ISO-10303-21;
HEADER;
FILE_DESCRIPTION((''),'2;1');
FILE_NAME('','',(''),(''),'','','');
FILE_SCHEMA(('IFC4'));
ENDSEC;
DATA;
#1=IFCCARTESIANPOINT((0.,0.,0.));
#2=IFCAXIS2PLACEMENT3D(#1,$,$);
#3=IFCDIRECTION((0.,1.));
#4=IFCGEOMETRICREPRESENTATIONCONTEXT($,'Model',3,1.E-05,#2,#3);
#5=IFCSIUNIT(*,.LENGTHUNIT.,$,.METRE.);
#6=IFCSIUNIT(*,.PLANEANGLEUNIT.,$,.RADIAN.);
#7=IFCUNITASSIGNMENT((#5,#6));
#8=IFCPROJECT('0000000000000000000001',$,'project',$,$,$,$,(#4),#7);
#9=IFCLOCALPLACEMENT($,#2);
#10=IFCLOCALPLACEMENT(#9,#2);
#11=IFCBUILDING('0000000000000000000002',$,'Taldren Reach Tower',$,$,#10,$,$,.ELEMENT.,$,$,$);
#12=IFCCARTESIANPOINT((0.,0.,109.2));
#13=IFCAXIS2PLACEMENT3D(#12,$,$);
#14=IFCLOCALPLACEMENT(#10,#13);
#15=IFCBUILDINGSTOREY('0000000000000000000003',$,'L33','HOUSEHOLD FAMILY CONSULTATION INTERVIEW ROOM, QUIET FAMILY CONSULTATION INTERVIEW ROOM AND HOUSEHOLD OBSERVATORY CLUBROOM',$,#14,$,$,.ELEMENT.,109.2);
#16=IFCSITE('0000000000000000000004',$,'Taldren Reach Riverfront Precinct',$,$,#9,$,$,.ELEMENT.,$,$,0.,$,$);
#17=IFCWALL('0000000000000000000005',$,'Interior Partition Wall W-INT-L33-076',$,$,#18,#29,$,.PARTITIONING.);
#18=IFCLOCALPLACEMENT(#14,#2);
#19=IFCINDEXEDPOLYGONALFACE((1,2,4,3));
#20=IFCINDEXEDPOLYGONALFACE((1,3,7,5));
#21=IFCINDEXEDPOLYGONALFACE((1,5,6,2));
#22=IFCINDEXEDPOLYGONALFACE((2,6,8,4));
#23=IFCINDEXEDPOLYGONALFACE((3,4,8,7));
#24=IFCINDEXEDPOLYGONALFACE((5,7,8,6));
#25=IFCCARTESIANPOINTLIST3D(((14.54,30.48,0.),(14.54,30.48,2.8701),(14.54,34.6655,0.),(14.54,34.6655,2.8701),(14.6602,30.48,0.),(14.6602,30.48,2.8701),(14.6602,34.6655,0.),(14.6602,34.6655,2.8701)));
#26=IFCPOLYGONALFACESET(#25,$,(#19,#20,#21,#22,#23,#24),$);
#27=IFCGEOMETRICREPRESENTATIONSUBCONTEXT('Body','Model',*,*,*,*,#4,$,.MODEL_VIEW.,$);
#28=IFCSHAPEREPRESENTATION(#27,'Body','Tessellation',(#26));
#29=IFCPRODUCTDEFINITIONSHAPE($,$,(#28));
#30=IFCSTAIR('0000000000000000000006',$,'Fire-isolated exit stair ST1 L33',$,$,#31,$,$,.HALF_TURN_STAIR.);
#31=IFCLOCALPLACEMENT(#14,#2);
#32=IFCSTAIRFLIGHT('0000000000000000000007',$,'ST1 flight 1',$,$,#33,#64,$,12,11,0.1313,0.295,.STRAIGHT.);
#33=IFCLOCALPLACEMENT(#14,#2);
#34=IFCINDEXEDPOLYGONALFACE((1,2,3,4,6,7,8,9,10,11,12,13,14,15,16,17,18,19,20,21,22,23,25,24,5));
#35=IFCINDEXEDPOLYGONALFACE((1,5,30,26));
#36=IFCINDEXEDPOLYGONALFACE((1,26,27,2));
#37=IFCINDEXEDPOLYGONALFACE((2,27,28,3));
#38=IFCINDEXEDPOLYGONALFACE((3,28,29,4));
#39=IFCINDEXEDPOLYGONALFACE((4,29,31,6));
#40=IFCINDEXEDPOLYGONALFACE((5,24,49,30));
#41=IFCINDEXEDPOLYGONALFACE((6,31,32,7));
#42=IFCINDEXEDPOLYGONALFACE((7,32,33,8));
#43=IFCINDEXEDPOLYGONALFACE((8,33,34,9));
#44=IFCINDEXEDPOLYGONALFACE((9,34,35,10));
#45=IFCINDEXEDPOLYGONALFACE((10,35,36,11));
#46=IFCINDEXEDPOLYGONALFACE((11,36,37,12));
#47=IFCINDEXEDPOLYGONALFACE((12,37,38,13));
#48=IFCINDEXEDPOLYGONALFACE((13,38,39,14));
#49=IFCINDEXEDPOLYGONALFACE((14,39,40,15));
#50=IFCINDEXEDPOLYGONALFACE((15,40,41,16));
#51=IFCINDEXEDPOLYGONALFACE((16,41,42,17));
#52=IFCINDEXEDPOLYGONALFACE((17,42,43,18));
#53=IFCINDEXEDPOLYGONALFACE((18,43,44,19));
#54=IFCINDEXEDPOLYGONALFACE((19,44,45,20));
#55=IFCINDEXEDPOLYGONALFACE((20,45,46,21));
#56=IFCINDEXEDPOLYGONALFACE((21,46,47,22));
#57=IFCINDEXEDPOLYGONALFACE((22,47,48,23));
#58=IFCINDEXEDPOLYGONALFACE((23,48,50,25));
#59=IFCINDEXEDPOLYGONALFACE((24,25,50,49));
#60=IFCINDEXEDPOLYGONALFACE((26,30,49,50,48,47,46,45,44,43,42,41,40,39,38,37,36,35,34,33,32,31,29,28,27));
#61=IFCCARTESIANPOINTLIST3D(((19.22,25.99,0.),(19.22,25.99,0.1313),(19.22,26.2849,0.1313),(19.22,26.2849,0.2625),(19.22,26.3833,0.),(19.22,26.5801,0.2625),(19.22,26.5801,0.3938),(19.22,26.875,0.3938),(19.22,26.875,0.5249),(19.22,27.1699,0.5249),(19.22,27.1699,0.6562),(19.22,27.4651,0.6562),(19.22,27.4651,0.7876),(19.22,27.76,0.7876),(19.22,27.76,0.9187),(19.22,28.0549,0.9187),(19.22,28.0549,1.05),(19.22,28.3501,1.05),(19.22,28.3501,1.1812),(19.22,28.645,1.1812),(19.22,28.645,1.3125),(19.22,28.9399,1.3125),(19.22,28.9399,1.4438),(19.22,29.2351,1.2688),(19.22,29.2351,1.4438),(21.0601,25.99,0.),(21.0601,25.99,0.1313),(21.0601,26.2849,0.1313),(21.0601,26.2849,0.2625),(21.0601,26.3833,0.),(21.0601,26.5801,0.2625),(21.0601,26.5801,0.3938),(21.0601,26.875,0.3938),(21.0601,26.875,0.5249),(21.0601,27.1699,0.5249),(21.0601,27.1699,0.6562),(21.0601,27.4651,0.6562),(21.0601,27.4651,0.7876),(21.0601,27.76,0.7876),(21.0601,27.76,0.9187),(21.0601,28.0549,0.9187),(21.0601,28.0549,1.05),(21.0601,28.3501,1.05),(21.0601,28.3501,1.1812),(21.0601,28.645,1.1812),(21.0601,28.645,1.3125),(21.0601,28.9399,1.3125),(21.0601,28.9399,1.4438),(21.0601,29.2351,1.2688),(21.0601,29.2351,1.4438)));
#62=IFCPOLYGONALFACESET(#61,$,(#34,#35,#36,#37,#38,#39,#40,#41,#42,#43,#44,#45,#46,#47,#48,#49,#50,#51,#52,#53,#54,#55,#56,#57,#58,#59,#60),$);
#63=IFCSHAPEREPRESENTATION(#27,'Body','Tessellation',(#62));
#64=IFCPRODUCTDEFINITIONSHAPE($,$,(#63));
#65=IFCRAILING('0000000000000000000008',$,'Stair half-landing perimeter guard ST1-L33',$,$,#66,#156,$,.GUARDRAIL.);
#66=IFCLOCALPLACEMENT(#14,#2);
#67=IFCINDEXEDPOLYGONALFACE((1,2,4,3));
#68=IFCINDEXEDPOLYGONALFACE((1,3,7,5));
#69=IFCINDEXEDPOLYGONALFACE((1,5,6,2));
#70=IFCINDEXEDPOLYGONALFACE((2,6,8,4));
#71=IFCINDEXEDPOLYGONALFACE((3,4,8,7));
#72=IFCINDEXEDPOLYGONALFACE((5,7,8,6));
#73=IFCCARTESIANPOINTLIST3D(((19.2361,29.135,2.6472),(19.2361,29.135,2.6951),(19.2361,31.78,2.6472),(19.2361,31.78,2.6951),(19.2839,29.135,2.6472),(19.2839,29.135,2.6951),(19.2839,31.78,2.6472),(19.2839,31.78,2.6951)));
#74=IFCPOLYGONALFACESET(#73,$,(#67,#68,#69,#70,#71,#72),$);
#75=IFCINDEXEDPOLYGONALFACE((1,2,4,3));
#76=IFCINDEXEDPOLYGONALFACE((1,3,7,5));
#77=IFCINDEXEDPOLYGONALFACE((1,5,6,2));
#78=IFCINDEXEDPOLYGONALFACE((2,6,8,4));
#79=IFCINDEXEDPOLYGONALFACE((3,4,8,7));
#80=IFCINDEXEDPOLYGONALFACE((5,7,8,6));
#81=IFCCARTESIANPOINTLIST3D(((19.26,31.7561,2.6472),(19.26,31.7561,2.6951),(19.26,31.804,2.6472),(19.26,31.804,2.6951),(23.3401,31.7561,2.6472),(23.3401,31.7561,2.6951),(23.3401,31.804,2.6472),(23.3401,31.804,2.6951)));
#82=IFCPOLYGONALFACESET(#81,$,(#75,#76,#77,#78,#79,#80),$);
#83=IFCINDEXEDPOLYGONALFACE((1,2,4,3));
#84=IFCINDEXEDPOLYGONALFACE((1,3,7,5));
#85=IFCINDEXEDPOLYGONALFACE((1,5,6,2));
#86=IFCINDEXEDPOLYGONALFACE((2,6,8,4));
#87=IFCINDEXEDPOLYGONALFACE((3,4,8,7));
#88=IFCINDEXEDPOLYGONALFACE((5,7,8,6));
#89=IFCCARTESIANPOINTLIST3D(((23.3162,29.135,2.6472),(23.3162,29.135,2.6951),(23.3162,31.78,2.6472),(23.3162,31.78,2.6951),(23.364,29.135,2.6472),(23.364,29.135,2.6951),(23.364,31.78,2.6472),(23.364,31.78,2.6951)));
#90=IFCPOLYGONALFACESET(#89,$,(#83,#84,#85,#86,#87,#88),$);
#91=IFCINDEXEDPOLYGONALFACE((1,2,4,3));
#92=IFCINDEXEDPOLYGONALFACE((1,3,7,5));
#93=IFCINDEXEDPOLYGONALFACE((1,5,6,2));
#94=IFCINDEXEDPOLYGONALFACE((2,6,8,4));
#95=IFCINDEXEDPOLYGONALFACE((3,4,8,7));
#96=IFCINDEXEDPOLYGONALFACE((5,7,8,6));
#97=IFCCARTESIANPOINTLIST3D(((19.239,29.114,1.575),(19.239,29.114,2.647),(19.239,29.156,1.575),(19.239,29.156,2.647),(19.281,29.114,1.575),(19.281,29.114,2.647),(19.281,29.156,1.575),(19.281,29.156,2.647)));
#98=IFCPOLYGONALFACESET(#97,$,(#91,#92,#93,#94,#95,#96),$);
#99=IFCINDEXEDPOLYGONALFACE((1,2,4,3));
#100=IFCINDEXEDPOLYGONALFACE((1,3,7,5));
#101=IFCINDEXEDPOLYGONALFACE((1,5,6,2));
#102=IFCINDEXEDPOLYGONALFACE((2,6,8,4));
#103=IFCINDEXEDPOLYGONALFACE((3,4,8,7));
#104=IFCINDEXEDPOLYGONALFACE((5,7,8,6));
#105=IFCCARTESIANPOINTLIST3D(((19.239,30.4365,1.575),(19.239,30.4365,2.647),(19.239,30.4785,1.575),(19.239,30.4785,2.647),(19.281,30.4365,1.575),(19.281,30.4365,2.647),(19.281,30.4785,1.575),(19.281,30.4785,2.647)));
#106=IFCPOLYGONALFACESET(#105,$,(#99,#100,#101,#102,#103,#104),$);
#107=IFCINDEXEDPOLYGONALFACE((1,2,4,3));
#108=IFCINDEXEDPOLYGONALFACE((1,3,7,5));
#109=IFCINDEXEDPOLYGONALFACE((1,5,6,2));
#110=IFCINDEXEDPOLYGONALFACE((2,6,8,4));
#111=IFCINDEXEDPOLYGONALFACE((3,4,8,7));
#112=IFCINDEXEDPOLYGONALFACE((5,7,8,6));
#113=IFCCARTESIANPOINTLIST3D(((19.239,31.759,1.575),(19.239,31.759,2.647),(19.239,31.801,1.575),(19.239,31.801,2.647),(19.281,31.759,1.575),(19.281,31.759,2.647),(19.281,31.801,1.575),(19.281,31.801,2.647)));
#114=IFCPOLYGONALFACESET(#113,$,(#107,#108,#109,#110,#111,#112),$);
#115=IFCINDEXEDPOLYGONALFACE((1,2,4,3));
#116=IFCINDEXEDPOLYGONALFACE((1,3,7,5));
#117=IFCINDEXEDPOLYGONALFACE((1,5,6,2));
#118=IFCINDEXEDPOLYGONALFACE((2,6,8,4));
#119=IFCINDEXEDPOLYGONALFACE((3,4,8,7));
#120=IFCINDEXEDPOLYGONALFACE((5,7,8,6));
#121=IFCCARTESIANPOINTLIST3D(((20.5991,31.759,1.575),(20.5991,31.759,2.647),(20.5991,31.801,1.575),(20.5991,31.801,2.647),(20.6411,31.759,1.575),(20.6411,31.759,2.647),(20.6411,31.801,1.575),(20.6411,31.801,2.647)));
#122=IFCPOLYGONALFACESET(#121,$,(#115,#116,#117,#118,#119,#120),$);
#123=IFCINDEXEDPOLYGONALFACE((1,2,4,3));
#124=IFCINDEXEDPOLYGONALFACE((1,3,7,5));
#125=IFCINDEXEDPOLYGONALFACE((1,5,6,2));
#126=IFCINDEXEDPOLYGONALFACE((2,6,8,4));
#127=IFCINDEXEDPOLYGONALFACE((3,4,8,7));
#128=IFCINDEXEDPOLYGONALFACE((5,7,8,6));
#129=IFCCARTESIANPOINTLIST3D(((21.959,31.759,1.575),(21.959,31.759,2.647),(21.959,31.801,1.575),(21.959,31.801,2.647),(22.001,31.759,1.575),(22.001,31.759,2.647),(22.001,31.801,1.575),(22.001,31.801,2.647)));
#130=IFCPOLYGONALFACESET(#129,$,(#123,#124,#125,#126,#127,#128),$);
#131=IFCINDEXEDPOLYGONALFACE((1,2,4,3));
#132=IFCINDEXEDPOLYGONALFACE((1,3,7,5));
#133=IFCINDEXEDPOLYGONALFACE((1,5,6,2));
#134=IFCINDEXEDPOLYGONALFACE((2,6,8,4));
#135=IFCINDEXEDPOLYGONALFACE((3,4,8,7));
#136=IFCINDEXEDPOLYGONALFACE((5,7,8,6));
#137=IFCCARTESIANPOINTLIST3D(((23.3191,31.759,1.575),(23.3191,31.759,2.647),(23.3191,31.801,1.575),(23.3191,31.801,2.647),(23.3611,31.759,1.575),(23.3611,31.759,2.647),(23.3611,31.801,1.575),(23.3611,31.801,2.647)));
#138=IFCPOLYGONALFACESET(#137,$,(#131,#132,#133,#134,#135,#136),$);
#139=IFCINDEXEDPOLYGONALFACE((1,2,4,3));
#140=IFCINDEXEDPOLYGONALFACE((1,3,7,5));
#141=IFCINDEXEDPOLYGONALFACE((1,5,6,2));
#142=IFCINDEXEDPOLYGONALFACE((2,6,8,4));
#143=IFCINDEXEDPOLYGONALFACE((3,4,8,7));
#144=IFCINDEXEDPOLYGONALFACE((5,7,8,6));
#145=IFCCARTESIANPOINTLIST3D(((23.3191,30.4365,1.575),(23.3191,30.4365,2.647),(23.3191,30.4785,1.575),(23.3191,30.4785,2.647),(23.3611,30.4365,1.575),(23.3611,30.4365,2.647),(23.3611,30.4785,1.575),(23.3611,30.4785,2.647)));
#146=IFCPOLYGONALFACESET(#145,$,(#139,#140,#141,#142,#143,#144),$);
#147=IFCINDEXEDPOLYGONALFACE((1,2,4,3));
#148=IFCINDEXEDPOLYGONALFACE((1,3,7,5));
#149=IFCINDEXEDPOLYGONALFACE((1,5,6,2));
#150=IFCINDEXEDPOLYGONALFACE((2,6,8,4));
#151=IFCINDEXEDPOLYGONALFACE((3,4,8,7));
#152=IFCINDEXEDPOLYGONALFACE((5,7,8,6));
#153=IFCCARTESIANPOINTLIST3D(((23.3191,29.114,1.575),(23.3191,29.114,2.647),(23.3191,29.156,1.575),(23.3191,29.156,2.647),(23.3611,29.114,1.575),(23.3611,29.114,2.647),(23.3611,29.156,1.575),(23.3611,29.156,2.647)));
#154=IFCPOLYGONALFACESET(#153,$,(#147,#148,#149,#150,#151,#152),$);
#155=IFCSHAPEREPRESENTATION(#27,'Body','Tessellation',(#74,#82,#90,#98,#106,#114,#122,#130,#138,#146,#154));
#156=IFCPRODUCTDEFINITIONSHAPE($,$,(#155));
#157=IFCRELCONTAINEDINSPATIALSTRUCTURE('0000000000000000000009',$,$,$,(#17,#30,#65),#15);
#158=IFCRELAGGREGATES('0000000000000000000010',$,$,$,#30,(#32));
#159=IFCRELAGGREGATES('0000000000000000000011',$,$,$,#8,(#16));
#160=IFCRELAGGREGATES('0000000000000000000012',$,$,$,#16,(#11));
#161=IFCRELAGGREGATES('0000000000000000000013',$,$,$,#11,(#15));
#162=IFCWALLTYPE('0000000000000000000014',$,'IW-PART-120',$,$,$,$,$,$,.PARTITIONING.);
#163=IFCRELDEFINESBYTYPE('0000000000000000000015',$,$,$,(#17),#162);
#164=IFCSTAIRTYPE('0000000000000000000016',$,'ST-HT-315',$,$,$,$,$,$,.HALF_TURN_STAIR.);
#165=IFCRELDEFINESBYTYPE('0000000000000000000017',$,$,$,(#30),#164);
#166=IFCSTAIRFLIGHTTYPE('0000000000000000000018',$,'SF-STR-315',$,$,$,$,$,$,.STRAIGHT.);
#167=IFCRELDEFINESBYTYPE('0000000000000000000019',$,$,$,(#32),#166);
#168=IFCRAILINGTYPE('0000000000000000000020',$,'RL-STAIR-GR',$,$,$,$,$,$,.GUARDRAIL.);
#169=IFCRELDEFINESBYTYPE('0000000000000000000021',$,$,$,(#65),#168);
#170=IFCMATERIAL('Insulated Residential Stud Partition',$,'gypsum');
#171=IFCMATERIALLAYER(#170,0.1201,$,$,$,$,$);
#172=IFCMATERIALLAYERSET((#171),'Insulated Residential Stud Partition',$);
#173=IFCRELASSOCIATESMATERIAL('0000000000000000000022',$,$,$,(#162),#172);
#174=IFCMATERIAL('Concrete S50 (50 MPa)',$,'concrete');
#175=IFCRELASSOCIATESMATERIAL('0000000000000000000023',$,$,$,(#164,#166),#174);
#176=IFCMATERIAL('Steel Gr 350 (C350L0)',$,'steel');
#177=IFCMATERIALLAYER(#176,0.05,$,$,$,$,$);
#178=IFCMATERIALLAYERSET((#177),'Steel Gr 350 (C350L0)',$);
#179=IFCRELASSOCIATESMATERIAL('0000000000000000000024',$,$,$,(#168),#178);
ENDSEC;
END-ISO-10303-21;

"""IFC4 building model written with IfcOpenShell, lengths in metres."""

from ifc_helpers import new_model, si_unit, direction, frame, frame_2d, origin, origin_2d, place, context, subcontext, project, spatial, polyline, rectangle, outline, extrude, source, transform, mapped, material, layer, layer_set, type_object, element, aggregate, save


model = new_model("IFC4")

# Units and contexts
model_context = context("Model", 3, precision=1e-05, world=origin(), true_north=direction((0.0, 1.0)))
body_context = subcontext(model_context, "Body", "Model", "MODEL_VIEW")
ifc_project = project(units=[si_unit("LENGTHUNIT", "METRE"), si_unit("PLANEANGLEUNIT", "RADIAN")], contexts=[model_context])

# Site, building, storey
site_placement = place(None, origin())
site = spatial("IfcSite", under=ifc_project, at=site_placement, Name="Taldren Reach Riverfront Precinct", CompositionType="ELEMENT", RefElevation=0.0)
building_placement = place(site_placement, origin())
building = spatial("IfcBuilding", under=site, at=building_placement, Name="Taldren Reach Tower", CompositionType="ELEMENT")
storey_placement = place(building_placement, frame((0.0, 0.0, 109.2)))
storey = spatial("IfcBuildingStorey", under=building, at=storey_placement, Name="L33", Description="HOUSEHOLD FAMILY CONSULTATION INTERVIEW ROOM, QUIET FAMILY CONSULTATION INTERVIEW ROOM AND HOUSEHOLD OBSERVATORY CLUBROOM", CompositionType="ELEMENT", Elevation=109.2)

# Shared definitions
ifc_material_1 = material(Name="Steel Gr 350 (C350L0)", Category="steel")

# Wall
ifc_material_2 = material(Name="Insulated Residential Stud Partition", Category="gypsum")
ifc_layer_1 = layer(ifc_material_2, 0.1201)
ifc_layer_set_1 = layer_set([ifc_layer_1], Name="Insulated Residential Stud Partition")
wall_type_1 = type_object("IfcWallType", Name="IW-PART-120", PredefinedType="PARTITIONING", material=ifc_layer_set_1)
shared_shape_1 = source(origin(), body_context, "Body", "SweptSolid", [
    extrude(rectangle(XDim=4.1855, YDim=0.1201, at=frame_2d((2.0928, 0.0))), origin(), (0.0, 0.0, 1.0), 2.8701),
])
wall_1_placement = place(storey_placement, frame((14.6001, 34.6655, 0.0), z_axis=(0.0, 0.0, 1.0), x_axis=(0.0, -1.0, 0.0)))
element("IfcWall", 1, at=wall_1_placement, inside=storey, type_object=wall_type_1, Name="Interior Partition Wall W-INT-L33-076", PredefinedType="PARTITIONING", context=body_context, shape_type="MappedRepresentation", body=[
    mapped(shared_shape_1, transform((0.0, 0.0, 0.0), scale=1.0)),
])

# Stair, stair flight
ifc_material_3 = material(Name="Concrete S50 (50 MPa)", Category="concrete")
stair_type = type_object("IfcStairType", Name="ST-HT-315", PredefinedType="HALF_TURN_STAIR", material=ifc_material_3)
stair_placement = place(storey_placement, origin())
stair = element("IfcStair", 2, at=stair_placement, inside=storey, type_object=stair_type, Name="Fire-isolated exit stair ST1 L33", PredefinedType="HALF_TURN_STAIR")
stair_flight_type = type_object("IfcStairFlightType", Name="SF-STR-315", PredefinedType="STRAIGHT", material=ifc_material_3)
stair_flight_placement = place(storey_placement, frame((20.1399, 25.99, 0.0), z_axis=(0.0, 0.0, 1.0), x_axis=(0.0, 1.0, 0.0)))
stair_flight = element("IfcStairFlight", 3, at=stair_flight_placement, type_object=stair_flight_type, Name="ST1 flight 1", NumberOfRisers=12, NumberOfTreads=11, PredefinedType="STRAIGHT", RiserHeight=0.1313, TreadLength=0.295, context=body_context, shape_type="SweptSolid", body=[
    extrude(outline(polyline([(0.0, 0.0), (0.0, 0.1313), (0.2949, 0.1313), (0.2949, 0.2625), (0.5901, 0.2625), (0.5901, 0.3938), (0.885, 0.3938), (0.885, 0.5249), (1.1799, 0.5249), (1.1799, 0.6562), (1.4751, 0.6562), (1.4751, 0.7876), (1.77, 0.7876), (1.77, 0.9187), (2.0649, 0.9187), (2.0649, 1.05), (2.3601, 1.05), (2.3601, 1.1812), (2.655, 1.1812), (2.655, 1.3125), (2.95, 1.3125), (2.95, 1.4438), (3.2451, 1.4438), (3.2451, 1.575), (3.2451, 1.2688), (0.3933, 0.0), (0.0, 0.0)])), frame((0.0, 0.9199, 0.0), z_axis=(0.0, -1.0, 0.0), x_axis=(1.0, 0.0, 0.0)), (0.0, 0.0, 1.0), 1.8401),
])
aggregate(stair, [stair_flight])

# Railing
ifc_layer_2 = layer(ifc_material_1, 0.05)
ifc_layer_set_2 = layer_set([ifc_layer_2], Name="Steel Gr 350 (C350L0)")
railing_type_1 = type_object("IfcRailingType", Name="RL-STAIR-GR", PredefinedType="GUARDRAIL", material=ifc_layer_set_2)
railing_1_placement = place(storey_placement, frame((19.26, 29.135, 1.575)))
element("IfcRailing", 4, at=railing_1_placement, inside=storey, type_object=railing_type_1, Name="Stair half-landing perimeter guard ST1-L33", PredefinedType="GUARDRAIL", context=body_context, shape_type="SweptSolid", body=[
    extrude(rectangle(XDim=0.0479, YDim=0.0479, at=origin_2d()), frame((0.0, 0.0, 1.0962), z_axis=(0.0, 1.0, 0.0), x_axis=(-1.0, 0.0, 0.0)), (0.0, 0.0, 1.0), 2.645),
    extrude(rectangle(XDim=0.0479, YDim=0.0479, at=origin_2d()), frame((0.0, 2.645, 1.0962), z_axis=(1.0, 0.0, 0.0), x_axis=(0.0, 1.0, 0.0)), (0.0, 0.0, 1.0), 4.0801),
    extrude(rectangle(XDim=0.0479, YDim=0.0479, at=origin_2d()), frame((4.0801, 2.645, 1.0962), z_axis=(0.0, -1.0, 0.0), x_axis=(1.0, 0.0, 0.0)), (0.0, 0.0, 1.0), 2.645),
    extrude(rectangle(XDim=0.042, YDim=0.042, at=origin_2d()), origin(), (0.0, 0.0, 1.0), 1.072),
    extrude(rectangle(XDim=0.042, YDim=0.042, at=origin_2d()), frame((0.0, 1.3225, 0.0)), (0.0, 0.0, 1.0), 1.072),
    extrude(rectangle(XDim=0.042, YDim=0.042, at=origin_2d()), frame((0.0, 2.645, 0.0)), (0.0, 0.0, 1.0), 1.072),
    extrude(rectangle(XDim=0.042, YDim=0.042, at=origin_2d()), frame((1.3601, 2.645, 0.0)), (0.0, 0.0, 1.0), 1.072),
    extrude(rectangle(XDim=0.042, YDim=0.042, at=origin_2d()), frame((2.72, 2.645, 0.0)), (0.0, 0.0, 1.0), 1.072),
    extrude(rectangle(XDim=0.042, YDim=0.042, at=origin_2d()), frame((4.0801, 2.645, 0.0)), (0.0, 0.0, 1.0), 1.072),
    extrude(rectangle(XDim=0.042, YDim=0.042, at=origin_2d()), frame((4.0801, 1.3225, 0.0)), (0.0, 0.0, 1.0), 1.072),
    extrude(rectangle(XDim=0.042, YDim=0.042, at=origin_2d()), frame((4.0801, 0.0, 0.0)), (0.0, 0.0, 1.0), 1.072),
])

save(model, "model.ifc")
